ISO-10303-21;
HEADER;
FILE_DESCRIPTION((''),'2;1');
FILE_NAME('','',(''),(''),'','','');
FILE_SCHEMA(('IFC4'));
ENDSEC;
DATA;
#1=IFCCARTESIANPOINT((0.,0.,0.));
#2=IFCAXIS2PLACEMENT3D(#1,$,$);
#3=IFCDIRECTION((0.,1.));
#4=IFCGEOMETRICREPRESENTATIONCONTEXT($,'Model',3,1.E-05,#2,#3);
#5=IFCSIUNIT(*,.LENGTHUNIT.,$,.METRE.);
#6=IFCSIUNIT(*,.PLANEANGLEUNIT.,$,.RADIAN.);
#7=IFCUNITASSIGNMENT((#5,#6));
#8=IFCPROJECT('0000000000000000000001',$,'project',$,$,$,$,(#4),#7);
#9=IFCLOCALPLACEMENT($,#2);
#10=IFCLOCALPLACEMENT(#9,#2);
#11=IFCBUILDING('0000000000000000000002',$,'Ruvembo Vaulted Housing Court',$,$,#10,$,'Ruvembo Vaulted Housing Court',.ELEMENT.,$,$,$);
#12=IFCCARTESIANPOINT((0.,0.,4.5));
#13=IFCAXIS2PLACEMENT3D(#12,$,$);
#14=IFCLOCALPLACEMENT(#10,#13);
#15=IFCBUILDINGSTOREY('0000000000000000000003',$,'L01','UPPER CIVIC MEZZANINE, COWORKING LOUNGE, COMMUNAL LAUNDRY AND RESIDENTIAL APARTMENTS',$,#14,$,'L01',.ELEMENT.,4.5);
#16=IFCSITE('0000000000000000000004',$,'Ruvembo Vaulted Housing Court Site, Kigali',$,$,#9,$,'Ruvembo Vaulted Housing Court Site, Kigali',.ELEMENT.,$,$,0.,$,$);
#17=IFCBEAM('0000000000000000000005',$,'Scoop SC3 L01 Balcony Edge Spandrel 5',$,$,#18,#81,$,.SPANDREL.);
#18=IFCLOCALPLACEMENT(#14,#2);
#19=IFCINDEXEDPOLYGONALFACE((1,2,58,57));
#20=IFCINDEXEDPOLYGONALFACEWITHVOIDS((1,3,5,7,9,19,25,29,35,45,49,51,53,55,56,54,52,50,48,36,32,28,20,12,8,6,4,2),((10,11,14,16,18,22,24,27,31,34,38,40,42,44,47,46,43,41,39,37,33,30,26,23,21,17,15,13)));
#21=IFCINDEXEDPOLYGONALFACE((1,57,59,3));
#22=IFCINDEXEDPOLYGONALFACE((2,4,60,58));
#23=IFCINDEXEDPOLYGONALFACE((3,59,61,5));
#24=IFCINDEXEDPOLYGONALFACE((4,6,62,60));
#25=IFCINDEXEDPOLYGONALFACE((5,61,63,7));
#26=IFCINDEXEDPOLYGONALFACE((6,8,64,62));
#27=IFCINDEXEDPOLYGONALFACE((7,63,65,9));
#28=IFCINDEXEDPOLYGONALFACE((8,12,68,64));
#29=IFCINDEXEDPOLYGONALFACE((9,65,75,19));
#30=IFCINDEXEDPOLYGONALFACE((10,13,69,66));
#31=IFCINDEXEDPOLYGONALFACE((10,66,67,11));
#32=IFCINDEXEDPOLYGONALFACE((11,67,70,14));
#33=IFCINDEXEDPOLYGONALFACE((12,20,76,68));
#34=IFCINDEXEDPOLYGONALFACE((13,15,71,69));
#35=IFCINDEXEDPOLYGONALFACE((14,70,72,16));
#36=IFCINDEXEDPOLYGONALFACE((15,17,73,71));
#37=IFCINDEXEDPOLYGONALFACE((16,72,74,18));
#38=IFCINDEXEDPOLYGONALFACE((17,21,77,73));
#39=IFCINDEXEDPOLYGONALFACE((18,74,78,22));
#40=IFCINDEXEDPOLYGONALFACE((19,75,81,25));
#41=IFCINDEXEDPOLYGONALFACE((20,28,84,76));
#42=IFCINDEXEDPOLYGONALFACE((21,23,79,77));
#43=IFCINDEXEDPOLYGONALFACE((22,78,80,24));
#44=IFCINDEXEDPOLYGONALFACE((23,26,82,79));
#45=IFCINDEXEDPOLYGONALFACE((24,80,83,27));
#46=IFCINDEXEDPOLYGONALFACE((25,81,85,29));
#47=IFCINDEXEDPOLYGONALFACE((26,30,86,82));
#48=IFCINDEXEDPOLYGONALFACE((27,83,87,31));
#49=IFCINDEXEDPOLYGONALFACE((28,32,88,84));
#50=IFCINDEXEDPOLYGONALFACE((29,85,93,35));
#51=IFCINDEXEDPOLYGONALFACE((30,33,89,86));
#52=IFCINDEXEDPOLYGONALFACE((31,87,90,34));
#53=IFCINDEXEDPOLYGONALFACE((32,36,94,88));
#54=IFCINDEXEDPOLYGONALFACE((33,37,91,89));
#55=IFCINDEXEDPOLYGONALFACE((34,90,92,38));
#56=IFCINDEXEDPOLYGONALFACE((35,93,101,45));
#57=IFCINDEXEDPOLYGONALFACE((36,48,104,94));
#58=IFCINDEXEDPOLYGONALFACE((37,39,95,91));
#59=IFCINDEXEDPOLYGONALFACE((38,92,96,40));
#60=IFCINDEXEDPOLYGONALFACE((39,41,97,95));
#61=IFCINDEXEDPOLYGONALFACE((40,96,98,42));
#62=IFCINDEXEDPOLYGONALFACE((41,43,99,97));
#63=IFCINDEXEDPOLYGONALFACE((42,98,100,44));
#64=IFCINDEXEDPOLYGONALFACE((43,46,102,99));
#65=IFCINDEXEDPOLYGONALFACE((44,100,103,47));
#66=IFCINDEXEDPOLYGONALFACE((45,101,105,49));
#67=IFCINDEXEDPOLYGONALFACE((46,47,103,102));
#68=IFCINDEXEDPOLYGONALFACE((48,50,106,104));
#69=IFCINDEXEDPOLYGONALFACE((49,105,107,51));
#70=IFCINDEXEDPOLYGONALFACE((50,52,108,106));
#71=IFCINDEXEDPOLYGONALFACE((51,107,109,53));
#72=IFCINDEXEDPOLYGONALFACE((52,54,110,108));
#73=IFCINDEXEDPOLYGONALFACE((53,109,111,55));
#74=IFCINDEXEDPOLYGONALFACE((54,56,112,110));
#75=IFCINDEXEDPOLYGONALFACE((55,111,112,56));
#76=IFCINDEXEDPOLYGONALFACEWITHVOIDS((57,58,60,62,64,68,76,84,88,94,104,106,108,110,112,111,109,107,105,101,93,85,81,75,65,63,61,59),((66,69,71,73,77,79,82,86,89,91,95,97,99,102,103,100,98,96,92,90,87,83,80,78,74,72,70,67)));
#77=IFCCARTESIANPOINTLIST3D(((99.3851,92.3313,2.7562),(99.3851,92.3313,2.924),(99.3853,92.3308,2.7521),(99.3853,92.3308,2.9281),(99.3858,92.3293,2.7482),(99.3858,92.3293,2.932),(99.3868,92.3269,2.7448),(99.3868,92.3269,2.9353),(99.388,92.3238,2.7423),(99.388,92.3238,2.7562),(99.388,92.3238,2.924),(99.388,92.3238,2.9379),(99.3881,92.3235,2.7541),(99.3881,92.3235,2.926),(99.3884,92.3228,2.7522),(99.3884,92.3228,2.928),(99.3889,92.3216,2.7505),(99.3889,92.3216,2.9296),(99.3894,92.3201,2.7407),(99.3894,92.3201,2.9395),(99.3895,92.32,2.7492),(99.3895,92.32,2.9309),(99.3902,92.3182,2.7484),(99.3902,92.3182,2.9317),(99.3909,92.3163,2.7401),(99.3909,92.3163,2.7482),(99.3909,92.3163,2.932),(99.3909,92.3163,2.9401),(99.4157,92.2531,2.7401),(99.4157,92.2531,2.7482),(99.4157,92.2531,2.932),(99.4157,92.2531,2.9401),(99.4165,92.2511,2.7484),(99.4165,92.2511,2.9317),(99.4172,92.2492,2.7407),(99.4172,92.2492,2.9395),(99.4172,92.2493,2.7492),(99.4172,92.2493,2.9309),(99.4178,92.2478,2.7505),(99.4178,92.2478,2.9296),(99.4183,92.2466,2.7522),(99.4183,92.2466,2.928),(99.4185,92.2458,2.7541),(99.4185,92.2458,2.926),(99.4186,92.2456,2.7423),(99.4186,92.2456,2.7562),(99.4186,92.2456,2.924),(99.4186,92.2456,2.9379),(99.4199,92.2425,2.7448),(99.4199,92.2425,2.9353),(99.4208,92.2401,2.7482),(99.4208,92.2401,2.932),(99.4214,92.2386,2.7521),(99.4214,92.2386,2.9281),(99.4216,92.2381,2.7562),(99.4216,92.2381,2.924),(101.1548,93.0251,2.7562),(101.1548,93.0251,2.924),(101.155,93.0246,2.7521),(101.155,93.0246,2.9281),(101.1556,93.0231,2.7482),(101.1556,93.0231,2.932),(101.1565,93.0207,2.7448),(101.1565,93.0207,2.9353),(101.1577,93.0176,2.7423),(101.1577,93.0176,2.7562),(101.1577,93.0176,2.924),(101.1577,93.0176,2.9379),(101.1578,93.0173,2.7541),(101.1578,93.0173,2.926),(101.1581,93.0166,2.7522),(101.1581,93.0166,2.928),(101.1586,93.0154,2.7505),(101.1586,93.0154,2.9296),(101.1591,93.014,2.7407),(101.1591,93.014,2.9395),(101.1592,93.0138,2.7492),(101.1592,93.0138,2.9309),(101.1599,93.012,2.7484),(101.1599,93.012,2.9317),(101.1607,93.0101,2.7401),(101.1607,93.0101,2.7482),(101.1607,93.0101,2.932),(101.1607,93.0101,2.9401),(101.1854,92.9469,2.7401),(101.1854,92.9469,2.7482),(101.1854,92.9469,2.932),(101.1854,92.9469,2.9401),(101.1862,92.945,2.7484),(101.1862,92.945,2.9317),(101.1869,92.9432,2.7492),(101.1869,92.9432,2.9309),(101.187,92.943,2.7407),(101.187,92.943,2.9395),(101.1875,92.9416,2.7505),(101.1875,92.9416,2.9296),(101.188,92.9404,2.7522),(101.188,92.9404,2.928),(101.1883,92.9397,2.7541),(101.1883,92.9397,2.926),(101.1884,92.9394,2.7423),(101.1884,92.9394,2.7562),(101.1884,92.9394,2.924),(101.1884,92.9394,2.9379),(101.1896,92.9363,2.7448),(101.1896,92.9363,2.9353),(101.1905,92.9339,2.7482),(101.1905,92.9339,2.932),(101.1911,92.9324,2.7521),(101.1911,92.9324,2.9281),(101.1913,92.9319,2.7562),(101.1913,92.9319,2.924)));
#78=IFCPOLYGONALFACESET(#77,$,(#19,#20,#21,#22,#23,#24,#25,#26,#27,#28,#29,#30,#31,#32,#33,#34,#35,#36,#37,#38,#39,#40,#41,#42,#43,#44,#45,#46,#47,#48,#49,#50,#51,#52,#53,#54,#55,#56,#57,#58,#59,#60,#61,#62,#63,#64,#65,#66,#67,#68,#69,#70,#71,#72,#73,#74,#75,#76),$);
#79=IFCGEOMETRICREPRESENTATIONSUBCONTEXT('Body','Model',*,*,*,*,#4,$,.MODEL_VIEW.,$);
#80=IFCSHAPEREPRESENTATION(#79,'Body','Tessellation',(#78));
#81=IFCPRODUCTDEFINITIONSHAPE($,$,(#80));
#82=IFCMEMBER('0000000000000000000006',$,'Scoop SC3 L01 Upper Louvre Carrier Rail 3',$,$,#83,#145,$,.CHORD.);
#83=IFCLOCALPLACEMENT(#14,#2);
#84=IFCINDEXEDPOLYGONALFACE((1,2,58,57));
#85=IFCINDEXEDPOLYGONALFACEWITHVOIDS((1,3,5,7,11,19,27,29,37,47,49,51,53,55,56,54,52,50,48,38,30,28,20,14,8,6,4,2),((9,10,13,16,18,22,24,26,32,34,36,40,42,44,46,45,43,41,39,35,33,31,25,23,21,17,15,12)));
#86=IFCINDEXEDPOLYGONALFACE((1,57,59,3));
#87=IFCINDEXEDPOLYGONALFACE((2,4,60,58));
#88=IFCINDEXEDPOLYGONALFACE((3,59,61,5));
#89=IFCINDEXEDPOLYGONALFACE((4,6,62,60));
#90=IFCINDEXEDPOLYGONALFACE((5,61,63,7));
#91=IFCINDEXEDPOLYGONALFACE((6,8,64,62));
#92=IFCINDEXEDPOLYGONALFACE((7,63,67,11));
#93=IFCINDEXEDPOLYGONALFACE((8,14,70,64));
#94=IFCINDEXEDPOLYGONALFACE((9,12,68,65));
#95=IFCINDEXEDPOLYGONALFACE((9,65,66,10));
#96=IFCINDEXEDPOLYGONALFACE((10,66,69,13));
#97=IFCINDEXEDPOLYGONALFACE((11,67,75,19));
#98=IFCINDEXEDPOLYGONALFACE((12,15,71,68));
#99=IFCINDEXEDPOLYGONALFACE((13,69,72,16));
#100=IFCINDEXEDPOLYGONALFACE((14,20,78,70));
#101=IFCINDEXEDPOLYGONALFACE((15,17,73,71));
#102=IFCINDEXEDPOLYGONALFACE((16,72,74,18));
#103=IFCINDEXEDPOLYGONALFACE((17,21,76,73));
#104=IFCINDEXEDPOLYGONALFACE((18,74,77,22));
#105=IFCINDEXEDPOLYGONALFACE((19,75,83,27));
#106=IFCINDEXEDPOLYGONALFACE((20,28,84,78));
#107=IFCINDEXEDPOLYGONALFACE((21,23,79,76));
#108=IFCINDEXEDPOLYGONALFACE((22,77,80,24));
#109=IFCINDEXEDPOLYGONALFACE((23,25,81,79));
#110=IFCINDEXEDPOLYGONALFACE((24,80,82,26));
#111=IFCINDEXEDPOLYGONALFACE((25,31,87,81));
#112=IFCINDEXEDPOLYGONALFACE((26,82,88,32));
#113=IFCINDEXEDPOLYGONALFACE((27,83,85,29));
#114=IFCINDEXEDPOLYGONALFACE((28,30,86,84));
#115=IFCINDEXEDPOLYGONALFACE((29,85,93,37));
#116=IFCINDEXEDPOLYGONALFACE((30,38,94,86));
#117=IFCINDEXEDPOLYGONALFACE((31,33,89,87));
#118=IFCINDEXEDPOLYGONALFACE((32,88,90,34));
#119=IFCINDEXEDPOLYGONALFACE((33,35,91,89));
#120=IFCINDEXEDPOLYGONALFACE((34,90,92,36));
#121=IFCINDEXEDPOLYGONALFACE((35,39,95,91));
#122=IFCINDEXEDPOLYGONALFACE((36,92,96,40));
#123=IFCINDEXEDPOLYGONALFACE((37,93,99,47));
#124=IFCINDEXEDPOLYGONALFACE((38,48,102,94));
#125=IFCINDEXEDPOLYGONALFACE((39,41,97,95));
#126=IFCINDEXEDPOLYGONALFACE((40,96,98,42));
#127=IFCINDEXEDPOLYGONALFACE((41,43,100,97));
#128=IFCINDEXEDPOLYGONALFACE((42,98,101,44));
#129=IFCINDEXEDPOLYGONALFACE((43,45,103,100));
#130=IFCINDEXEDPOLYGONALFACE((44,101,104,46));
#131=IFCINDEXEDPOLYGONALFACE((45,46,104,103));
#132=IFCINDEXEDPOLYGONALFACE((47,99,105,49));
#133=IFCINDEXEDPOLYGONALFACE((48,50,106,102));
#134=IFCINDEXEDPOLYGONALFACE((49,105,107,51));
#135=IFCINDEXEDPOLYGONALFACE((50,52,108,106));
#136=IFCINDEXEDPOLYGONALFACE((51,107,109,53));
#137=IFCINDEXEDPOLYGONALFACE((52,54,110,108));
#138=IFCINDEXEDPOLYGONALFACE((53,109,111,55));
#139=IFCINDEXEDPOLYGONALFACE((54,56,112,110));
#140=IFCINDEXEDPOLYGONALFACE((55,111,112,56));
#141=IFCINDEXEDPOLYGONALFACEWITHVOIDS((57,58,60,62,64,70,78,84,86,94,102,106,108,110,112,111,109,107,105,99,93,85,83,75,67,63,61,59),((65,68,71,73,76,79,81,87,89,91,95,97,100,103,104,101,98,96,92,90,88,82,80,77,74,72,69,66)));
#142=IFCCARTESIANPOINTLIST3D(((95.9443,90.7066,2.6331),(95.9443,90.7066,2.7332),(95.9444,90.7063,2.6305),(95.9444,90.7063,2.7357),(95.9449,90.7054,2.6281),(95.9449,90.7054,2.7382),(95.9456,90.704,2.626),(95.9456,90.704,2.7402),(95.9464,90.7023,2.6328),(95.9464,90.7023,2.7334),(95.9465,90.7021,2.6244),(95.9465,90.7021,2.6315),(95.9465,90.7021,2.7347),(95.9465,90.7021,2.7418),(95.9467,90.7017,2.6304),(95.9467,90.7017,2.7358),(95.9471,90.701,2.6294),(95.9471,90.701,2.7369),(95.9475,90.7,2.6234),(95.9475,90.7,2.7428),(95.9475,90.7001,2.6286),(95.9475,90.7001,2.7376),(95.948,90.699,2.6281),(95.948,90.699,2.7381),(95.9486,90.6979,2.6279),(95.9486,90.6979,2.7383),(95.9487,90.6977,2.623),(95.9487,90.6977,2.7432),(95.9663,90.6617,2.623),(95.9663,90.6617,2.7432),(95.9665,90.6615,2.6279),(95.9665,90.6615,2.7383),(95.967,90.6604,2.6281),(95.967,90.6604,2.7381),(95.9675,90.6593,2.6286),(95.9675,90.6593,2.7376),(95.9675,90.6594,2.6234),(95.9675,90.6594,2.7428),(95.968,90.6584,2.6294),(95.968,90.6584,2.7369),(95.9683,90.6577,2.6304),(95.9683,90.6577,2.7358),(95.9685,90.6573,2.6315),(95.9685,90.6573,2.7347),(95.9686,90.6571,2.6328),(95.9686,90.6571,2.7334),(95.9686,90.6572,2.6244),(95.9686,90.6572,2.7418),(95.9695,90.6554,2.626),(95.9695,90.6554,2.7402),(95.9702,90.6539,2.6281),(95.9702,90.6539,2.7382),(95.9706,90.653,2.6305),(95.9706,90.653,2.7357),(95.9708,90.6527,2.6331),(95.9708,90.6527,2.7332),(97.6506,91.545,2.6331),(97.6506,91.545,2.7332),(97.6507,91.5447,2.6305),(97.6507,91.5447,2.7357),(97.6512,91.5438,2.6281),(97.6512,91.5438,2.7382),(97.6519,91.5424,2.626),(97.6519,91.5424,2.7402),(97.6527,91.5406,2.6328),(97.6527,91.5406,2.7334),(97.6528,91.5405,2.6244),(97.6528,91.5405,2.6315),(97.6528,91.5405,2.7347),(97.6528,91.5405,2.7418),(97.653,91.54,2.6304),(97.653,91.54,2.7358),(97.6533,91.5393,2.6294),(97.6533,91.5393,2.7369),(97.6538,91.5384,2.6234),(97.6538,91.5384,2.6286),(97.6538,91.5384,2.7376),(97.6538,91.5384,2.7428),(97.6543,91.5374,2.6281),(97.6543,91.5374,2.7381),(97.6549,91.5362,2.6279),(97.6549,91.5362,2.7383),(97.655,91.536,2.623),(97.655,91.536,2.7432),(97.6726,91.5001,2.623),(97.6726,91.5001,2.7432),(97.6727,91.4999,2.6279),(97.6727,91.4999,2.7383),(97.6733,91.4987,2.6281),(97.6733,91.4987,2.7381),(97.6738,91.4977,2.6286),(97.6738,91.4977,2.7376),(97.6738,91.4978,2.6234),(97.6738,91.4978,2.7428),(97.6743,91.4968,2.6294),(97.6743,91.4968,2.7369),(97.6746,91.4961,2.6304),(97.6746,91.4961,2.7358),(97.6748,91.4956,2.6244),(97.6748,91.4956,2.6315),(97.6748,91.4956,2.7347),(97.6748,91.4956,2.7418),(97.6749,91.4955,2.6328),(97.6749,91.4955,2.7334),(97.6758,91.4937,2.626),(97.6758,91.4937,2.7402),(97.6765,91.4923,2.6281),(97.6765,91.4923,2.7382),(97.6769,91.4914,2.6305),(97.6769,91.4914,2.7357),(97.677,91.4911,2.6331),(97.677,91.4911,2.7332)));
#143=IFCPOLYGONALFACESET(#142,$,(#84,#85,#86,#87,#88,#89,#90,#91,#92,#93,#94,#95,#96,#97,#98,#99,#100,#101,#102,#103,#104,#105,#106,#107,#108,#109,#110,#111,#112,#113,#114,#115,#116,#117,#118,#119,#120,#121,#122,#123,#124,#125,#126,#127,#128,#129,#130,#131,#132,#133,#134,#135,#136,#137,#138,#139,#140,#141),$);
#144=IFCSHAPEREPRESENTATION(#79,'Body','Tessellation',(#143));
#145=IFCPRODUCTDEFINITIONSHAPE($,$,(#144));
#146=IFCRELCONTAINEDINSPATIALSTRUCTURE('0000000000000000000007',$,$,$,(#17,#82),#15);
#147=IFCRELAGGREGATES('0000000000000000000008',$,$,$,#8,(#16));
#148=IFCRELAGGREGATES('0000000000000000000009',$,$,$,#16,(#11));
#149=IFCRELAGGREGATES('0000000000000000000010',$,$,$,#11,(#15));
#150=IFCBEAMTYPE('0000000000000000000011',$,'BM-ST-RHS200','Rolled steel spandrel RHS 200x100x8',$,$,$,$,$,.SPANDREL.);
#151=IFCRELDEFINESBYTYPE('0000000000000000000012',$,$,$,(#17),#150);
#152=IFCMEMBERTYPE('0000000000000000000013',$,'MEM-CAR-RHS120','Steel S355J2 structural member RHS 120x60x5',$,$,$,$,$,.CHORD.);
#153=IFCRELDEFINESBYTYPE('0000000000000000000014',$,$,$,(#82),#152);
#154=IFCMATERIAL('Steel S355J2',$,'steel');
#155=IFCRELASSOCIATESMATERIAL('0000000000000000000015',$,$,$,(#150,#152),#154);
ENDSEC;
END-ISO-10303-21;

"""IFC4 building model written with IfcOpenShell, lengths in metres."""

from ifc_helpers import new_model, si_unit, direction, frame, origin, origin_2d, place, context, subcontext, project, spatial, hollow_rectangle, extrude, material, material_profile, profile_set, type_object, element, save


model = new_model("IFC4")

# Units and contexts
model_context = context("Model", 3, precision=1e-05, world=origin(), true_north=direction((0.0, 1.0)))
body_context = subcontext(model_context, "Body", "Model", "MODEL_VIEW")
ifc_project = project(units=[si_unit("LENGTHUNIT", "METRE"), si_unit("PLANEANGLEUNIT", "RADIAN")], contexts=[model_context])

# Site, building, storey
site_placement = place(None, origin())
site = spatial("IfcSite", under=ifc_project, at=site_placement, Name="Ruvembo Vaulted Housing Court Site, Kigali", LongName="Ruvembo Vaulted Housing Court Site, Kigali", CompositionType="ELEMENT", RefElevation=0.0)
building_placement = place(site_placement, origin())
building = spatial("IfcBuilding", under=site, at=building_placement, Name="Ruvembo Vaulted Housing Court", LongName="Ruvembo Vaulted Housing Court", CompositionType="ELEMENT")
storey_placement = place(building_placement, frame((0.0, 0.0, 4.5)))
storey = spatial("IfcBuildingStorey", under=building, at=storey_placement, Name="L01", Description="UPPER CIVIC MEZZANINE, COWORKING LOUNGE, COMMUNAL LAUNDRY AND RESIDENTIAL APARTMENTS", LongName="L01", CompositionType="ELEMENT", Elevation=4.5)

# Beam
ifc_material_1 = material(Name="Steel S355J2", Category="steel")
ifc_material_profile_1 = material_profile(ifc_material_1, hollow_rectangle(XDim=0.1001, YDim=0.2, WallThickness=0.0081, InnerFilletRadius=0.0081, OuterFilletRadius=0.0161, at=origin_2d()), Name="RHS 200x100x8")
ifc_profile_set_1 = profile_set([ifc_material_profile_1], Name="Steel S355J2")
beam_type = type_object("IfcBeamType", Name="BM-ST-RHS200", Description="Rolled steel spandrel RHS 200x100x8", PredefinedType="SPANDREL", material=ifc_profile_set_1)
for number, where, z_axis, x_axis, name in (
    (1, (99.4033, 92.2847, 2.8401), (0.931006, 0.365005, 0.0), (-0.365005, 0.931006, 0.0), "Scoop SC3 L01 Balcony Edge Spandrel 5"),
):
    element("IfcBeam", number, at=place(storey_placement, frame(where, z_axis=z_axis, x_axis=x_axis)), inside=storey, type_object=beam_type, Name=name, PredefinedType="SPANDREL", context=body_context, shape_type="SweptSolid", body=[
        extrude(hollow_rectangle(XDim=0.1001, YDim=0.2, WallThickness=0.0081, InnerFilletRadius=0.0081, OuterFilletRadius=0.0161, at=origin_2d()), origin(), (0.0, 0.0, 1.0), 1.9009),
    ])

# Member
ifc_material_profile_2 = material_profile(ifc_material_1, hollow_rectangle(XDim=0.0601, YDim=0.1201, WallThickness=0.0049, InnerFilletRadius=0.0049, OuterFilletRadius=0.01, at=origin_2d()), Name="RHS 120x60x5")
ifc_profile_set_2 = profile_set([ifc_material_profile_2], Name="Steel S355J2")
member_type_1 = type_object("IfcMemberType", Name="MEM-CAR-RHS120", Description="Steel S355J2 structural member RHS 120x60x5", PredefinedType="CHORD", material=ifc_profile_set_2)
member_1_placement = place(storey_placement, frame((95.9575, 90.6797, 2.6831), z_axis=(0.897513, 0.440987, 0.0), x_axis=(-0.440987, 0.897513, 0.0)))
element("IfcMember", 2, at=member_1_placement, inside=storey, type_object=member_type_1, Name="Scoop SC3 L01 Upper Louvre Carrier Rail 3", PredefinedType="CHORD", context=body_context, shape_type="SweptSolid", body=[
    extrude(hollow_rectangle(XDim=0.0601, YDim=0.1201, WallThickness=0.0049, InnerFilletRadius=0.0049, OuterFilletRadius=0.01, at=origin_2d()), origin(), (0.0, 0.0, 1.0), 1.9011),
])

save(model, "model.ifc")
